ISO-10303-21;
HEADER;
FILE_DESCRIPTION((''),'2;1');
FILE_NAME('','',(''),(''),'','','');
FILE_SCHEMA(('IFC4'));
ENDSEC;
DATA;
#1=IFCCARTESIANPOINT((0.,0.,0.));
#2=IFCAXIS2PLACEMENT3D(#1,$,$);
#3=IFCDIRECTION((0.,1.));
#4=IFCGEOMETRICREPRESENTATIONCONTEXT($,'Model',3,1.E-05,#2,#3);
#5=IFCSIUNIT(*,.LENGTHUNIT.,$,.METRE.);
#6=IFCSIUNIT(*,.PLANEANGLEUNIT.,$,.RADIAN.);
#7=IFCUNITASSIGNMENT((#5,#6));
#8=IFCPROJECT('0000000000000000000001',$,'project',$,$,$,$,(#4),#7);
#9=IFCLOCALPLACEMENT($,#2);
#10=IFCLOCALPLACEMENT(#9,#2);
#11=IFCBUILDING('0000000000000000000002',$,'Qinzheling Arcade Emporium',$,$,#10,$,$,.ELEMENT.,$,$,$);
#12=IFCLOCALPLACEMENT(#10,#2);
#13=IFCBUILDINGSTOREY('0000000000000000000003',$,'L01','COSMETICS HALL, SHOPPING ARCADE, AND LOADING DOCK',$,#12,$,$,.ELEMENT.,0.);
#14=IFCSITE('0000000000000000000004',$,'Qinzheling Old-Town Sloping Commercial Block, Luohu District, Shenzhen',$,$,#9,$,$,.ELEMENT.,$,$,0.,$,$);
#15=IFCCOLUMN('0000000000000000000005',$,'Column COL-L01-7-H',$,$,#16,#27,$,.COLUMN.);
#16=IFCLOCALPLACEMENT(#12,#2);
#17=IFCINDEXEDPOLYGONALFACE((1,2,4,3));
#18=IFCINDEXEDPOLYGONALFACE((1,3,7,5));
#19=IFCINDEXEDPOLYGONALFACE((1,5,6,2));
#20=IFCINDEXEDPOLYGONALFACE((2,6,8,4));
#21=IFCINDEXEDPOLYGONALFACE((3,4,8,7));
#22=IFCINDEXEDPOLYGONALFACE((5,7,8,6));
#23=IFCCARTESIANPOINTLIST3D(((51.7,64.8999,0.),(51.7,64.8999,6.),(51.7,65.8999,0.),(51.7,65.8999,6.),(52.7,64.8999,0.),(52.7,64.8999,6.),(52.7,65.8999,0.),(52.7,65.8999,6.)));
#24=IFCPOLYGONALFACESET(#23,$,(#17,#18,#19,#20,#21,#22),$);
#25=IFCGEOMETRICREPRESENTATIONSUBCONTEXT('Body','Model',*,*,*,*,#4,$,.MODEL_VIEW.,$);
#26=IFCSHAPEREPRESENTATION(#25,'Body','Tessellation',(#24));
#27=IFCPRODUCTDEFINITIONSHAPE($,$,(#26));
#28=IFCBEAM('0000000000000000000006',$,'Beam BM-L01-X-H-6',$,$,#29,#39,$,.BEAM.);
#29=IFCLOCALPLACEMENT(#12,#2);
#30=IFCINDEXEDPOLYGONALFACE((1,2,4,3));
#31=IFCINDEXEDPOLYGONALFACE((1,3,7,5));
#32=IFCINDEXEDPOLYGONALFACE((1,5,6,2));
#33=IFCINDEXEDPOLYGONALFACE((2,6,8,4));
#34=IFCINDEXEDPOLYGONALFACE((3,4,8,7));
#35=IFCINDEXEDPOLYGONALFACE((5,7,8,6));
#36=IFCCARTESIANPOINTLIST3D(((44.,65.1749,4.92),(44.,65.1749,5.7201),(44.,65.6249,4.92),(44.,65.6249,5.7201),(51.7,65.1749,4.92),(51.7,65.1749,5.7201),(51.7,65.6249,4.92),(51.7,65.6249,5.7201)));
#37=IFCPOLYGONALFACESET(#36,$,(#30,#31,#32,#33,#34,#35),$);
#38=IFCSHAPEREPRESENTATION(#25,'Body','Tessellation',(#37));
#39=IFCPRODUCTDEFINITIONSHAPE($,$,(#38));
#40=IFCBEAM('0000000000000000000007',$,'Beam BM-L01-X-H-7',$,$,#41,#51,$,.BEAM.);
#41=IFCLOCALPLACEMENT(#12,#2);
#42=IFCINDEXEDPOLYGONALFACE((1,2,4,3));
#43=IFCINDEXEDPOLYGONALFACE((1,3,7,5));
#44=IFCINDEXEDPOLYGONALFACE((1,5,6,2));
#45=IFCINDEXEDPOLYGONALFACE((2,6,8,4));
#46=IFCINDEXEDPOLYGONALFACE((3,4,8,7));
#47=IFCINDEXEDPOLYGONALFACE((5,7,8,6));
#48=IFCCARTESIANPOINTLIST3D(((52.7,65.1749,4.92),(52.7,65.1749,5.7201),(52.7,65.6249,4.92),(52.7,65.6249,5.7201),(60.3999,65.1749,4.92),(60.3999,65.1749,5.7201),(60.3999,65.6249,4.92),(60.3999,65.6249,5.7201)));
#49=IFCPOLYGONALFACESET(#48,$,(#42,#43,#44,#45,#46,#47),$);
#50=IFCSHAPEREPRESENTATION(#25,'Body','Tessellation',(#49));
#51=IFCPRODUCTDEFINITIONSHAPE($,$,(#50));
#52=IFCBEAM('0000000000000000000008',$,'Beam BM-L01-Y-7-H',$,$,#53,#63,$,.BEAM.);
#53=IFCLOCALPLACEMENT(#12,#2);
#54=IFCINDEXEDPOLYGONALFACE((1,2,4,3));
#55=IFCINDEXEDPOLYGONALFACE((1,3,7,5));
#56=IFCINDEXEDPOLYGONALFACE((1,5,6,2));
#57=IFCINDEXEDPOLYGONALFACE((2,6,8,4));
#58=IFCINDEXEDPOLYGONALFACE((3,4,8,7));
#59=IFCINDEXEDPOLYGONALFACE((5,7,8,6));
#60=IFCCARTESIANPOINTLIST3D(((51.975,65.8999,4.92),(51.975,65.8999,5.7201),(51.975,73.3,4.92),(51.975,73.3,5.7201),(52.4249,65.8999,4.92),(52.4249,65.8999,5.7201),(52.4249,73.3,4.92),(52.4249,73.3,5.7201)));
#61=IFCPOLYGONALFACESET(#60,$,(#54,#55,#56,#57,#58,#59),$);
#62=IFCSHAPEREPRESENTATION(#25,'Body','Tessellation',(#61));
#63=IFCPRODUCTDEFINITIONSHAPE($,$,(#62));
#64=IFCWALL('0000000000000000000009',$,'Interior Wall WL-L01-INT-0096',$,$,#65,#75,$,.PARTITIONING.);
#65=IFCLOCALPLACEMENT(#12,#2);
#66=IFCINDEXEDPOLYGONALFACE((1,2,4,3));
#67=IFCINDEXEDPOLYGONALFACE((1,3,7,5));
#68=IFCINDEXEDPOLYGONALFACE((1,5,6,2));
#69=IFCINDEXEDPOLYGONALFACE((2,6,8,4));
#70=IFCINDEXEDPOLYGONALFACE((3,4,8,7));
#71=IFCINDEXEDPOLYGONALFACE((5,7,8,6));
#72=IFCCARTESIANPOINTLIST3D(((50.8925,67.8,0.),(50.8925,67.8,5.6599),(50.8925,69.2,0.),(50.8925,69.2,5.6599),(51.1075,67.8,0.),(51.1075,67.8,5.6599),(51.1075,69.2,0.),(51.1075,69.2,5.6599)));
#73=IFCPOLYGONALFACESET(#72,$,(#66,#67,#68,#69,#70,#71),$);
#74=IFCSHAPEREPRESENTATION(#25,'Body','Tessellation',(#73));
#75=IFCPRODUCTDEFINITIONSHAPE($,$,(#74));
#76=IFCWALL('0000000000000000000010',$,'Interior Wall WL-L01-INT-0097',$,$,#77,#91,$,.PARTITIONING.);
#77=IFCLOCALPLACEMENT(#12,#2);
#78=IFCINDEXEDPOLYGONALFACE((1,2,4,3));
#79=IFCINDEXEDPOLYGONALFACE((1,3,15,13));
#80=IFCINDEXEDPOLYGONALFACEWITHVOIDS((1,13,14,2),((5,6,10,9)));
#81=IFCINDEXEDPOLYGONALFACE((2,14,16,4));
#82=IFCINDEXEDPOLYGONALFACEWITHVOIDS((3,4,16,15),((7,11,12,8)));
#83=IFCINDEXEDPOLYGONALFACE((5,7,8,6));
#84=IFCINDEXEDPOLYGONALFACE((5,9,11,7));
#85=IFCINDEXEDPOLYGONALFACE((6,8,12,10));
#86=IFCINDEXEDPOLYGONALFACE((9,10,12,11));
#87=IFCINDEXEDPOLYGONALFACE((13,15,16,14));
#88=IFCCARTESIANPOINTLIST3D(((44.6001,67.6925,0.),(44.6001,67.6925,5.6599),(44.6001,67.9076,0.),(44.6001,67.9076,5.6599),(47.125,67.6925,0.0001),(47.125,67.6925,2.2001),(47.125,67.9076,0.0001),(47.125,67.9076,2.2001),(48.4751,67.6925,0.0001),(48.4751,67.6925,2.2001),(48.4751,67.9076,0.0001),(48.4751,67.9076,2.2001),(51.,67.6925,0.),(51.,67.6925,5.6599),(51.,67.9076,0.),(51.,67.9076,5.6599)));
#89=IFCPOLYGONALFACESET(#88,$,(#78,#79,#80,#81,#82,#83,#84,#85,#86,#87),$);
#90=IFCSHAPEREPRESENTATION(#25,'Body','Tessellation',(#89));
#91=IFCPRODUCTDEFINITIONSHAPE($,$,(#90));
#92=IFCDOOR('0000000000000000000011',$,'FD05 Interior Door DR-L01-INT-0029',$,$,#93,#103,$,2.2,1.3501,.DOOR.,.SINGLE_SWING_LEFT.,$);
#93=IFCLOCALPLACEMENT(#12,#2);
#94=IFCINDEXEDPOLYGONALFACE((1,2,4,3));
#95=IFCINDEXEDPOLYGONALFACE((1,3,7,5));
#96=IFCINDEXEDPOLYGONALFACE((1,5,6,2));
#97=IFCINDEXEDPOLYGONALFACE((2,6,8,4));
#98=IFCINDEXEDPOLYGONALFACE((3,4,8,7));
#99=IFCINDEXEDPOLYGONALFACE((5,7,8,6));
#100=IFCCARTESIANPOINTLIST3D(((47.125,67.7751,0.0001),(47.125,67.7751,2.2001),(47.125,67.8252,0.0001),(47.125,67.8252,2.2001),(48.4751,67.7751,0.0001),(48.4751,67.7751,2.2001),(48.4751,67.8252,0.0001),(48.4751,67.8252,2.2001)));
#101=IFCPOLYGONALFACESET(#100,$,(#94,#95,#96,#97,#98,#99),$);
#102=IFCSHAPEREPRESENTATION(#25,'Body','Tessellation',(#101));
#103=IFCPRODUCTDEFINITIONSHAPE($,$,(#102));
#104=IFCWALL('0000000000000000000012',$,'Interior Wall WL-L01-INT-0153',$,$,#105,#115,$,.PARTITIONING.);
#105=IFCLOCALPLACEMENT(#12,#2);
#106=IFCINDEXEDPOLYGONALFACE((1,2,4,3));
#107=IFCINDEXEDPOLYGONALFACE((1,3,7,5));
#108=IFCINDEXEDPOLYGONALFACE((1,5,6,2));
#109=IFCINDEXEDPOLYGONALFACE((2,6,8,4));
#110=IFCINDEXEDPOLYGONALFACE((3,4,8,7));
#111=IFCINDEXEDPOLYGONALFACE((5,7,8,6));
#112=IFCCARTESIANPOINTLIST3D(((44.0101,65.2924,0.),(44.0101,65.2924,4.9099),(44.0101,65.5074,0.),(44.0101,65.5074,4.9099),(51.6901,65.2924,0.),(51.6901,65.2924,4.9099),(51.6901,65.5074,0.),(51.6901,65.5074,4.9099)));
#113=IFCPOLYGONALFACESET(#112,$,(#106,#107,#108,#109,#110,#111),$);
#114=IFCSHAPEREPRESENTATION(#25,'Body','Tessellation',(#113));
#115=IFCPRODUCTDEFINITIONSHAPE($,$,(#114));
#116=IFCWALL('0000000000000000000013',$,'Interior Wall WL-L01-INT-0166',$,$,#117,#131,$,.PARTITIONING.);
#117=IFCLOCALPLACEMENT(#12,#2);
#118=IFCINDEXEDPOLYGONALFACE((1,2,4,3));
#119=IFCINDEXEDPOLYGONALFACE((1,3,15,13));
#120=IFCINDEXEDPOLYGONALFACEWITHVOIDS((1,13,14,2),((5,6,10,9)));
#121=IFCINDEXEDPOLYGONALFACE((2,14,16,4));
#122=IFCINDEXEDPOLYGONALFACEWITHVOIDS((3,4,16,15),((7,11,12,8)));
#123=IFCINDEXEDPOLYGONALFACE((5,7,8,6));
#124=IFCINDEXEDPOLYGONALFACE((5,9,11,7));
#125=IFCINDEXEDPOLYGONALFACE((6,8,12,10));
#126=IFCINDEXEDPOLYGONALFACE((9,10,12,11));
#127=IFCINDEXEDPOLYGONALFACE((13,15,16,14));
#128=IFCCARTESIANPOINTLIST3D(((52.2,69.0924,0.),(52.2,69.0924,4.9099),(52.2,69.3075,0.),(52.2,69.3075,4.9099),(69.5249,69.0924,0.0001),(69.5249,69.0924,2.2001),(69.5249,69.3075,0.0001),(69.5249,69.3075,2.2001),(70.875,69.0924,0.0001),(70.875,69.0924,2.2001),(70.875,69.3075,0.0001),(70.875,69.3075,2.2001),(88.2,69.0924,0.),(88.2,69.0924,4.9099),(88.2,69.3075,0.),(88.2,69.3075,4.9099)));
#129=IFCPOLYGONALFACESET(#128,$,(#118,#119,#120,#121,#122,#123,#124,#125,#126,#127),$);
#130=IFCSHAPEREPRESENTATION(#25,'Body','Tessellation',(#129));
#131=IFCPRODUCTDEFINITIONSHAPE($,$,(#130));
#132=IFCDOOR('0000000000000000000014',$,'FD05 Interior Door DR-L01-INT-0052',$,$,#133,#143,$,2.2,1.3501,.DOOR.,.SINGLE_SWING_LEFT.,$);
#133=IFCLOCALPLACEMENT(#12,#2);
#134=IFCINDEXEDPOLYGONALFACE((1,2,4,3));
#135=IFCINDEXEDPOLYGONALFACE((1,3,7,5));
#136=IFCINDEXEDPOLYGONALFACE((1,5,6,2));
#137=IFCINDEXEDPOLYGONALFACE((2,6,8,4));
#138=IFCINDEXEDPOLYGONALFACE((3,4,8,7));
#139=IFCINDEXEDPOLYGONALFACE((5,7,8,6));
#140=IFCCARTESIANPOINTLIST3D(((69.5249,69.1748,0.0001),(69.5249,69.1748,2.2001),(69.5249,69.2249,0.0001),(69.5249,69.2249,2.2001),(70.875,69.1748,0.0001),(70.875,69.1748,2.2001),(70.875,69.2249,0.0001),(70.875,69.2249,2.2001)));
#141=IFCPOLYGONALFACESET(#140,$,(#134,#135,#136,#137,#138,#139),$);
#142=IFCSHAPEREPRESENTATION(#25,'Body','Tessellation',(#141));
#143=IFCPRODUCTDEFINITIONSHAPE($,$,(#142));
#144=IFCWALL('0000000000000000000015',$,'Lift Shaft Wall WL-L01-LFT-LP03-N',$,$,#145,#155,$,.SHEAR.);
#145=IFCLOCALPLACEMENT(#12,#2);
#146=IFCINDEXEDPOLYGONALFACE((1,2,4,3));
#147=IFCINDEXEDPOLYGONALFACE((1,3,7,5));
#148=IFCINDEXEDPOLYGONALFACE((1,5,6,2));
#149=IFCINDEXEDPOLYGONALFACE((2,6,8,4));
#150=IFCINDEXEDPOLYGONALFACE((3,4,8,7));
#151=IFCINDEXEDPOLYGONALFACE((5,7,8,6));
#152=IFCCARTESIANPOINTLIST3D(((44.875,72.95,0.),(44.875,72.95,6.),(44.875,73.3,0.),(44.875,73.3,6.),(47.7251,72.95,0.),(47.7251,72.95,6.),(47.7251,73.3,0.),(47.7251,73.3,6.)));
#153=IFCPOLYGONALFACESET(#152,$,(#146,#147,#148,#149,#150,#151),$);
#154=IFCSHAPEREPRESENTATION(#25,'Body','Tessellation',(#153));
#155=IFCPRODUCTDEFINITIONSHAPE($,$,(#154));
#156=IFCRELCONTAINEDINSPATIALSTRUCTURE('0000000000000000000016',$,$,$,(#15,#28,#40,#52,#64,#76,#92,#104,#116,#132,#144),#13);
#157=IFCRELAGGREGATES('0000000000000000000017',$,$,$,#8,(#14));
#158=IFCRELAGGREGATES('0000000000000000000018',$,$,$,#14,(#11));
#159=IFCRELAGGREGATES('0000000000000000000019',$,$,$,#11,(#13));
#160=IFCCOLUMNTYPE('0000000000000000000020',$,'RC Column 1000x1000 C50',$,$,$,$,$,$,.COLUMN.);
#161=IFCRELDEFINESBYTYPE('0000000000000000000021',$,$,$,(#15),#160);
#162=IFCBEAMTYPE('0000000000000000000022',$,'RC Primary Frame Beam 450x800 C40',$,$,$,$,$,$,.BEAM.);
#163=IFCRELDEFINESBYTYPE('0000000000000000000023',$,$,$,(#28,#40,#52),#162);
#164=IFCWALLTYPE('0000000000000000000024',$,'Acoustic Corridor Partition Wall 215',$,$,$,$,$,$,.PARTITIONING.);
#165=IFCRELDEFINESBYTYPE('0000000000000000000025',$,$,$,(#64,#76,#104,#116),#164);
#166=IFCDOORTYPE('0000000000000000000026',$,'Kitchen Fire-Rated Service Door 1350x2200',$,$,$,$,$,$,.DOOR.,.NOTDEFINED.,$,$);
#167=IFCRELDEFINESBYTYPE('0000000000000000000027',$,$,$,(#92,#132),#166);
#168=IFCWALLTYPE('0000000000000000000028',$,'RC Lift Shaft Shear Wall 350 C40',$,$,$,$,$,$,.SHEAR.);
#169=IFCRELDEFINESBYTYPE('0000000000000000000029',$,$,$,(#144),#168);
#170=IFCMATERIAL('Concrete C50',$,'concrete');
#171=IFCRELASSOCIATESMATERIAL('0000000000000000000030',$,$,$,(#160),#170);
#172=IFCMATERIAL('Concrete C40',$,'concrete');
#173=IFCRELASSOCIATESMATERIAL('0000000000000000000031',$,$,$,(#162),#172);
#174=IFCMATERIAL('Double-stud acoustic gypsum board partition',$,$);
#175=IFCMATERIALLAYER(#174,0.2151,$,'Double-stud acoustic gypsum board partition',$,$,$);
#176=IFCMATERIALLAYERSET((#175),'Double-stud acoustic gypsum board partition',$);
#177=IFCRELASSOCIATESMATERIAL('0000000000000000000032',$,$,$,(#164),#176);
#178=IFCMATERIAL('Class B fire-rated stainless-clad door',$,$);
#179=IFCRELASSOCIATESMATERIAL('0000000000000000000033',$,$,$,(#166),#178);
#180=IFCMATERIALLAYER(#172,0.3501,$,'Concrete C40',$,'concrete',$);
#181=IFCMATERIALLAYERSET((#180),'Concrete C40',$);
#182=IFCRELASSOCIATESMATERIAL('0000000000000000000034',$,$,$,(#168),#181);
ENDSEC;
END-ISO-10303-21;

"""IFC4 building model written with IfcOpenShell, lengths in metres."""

from ifc_helpers import new_model, si_unit, direction, frame, frame_2d, origin, origin_2d, place, context, subcontext, project, spatial, rectangle, extrude, material, layer, layer_set, material_profile, profile_set, type_object, element, fill, save


model = new_model("IFC4")

# Units and contexts
model_context = context("Model", 3, precision=1e-05, world=origin(), true_north=direction((0.0, 1.0)))
body_context = subcontext(model_context, "Body", "Model", "MODEL_VIEW")
ifc_project = project(units=[si_unit("LENGTHUNIT", "METRE"), si_unit("PLANEANGLEUNIT", "RADIAN")], contexts=[model_context])

# Site, building, storey
site_placement = place(None, origin())
site = spatial("IfcSite", under=ifc_project, at=site_placement, Name="Qinzheling Old-Town Sloping Commercial Block, Luohu District, Shenzhen", CompositionType="ELEMENT", RefElevation=0.0)
building_placement = place(site_placement, origin())
building = spatial("IfcBuilding", under=site, at=building_placement, Name="Qinzheling Arcade Emporium", CompositionType="ELEMENT")
storey_placement = place(building_placement, origin())
storey = spatial("IfcBuildingStorey", under=building, at=storey_placement, Name="L01", Description="COSMETICS HALL, SHOPPING ARCADE, AND LOADING DOCK", CompositionType="ELEMENT", Elevation=0.0)

# Column
ifc_material_1 = material(Name="Concrete C50", Category="concrete")
ifc_material_profile_1 = material_profile(ifc_material_1, rectangle(XDim=1.0, YDim=1.0, at=origin_2d()), Name="RC 1000x1000", Category="concrete")
ifc_profile_set_1 = profile_set([ifc_material_profile_1], Name="Concrete C50")
column_type = type_object("IfcColumnType", Name="RC Column 1000x1000 C50", PredefinedType="COLUMN", material=ifc_profile_set_1)
column_placement = place(storey_placement, frame((52.2, 65.3999, 0.0), z_axis=(0.0, 0.0, 1.0), x_axis=(1.0, 0.0, 0.0)))
element("IfcColumn", 1, at=column_placement, inside=storey, type_object=column_type, Name="Column COL-L01-7-H", PredefinedType="COLUMN", context=body_context, shape_type="SweptSolid", body=[
    extrude(rectangle(XDim=1.0, YDim=1.0, at=origin_2d()), origin(), (0.0, 0.0, 1.0), 6.0),
])

# Beams
ifc_material_2 = material(Name="Concrete C40", Category="concrete")
ifc_material_profile_2 = material_profile(ifc_material_2, rectangle(XDim=0.45, YDim=0.8, at=origin_2d()), Name="RC 450x800", Category="concrete")
ifc_profile_set_2 = profile_set([ifc_material_profile_2], Name="Concrete C40")
beam_type = type_object("IfcBeamType", Name="RC Primary Frame Beam 450x800 C40", PredefinedType="BEAM", material=ifc_profile_set_2)
for number, where, z_axis, x_axis, name in (
    (2, (44.0, 65.3999, 5.3201), (1.0, 0.0, 0.0), (0.0, 1.0, 0.0), "Beam BM-L01-X-H-6"),
    (3, (52.7, 65.3999, 5.3201), (1.0, 0.0, 0.0), (0.0, 1.0, 0.0), "Beam BM-L01-X-H-7"),
):
    element("IfcBeam", number, at=place(storey_placement, frame(where, z_axis=z_axis, x_axis=x_axis)), inside=storey, type_object=beam_type, Name=name, PredefinedType="BEAM", context=body_context, shape_type="SweptSolid", body=[
        extrude(rectangle(XDim=0.45, YDim=0.8, at=origin_2d()), origin(), (0.0, 0.0, 1.0), 7.7),
    ])
beam_placement = place(storey_placement, frame((52.2, 65.8999, 5.3201), z_axis=(0.0, 1.0, 0.0), x_axis=(-1.0, 0.0, 0.0)))
element("IfcBeam", 4, at=beam_placement, inside=storey, type_object=beam_type, Name="Beam BM-L01-Y-7-H", PredefinedType="BEAM", context=body_context, shape_type="SweptSolid", body=[
    extrude(rectangle(XDim=0.45, YDim=0.8, at=origin_2d()), origin(), (0.0, 0.0, 1.0), 7.4001),
])

# Wall
ifc_material_3 = material(Name="Double-stud acoustic gypsum board partition")
ifc_layer_1 = layer(ifc_material_3, 0.2151, Name="Double-stud acoustic gypsum board partition")
ifc_layer_set_1 = layer_set([ifc_layer_1], Name="Double-stud acoustic gypsum board partition")
wall_type_1 = type_object("IfcWallType", Name="Acoustic Corridor Partition Wall 215", PredefinedType="PARTITIONING", material=ifc_layer_set_1)
wall_1_placement = place(storey_placement, frame((51.0, 69.2, 0.0), z_axis=(0.0, 0.0, 1.0), x_axis=(0.0, -1.0, 0.0)))
element("IfcWall", 5, at=wall_1_placement, inside=storey, type_object=wall_type_1, Name="Interior Wall WL-L01-INT-0096", PredefinedType="PARTITIONING", context=body_context, shape_type="SweptSolid", body=[
    extrude(rectangle(XDim=1.3999, YDim=0.2151, at=frame_2d((0.7, 0.0))), origin(), (0.0, 0.0, 1.0), 5.6599),
])

# Wall, opening, door
wall_2_placement = place(storey_placement, frame((51.0, 67.8, 0.0), z_axis=(0.0, 0.0, 1.0), x_axis=(-1.0, 0.0, 0.0)))
wall_2 = element("IfcWall", 6, at=wall_2_placement, inside=storey, type_object=wall_type_1, Name="Interior Wall WL-L01-INT-0097", PredefinedType="PARTITIONING", context=body_context, shape_type="SweptSolid", body=[
    extrude(rectangle(XDim=6.3999, YDim=0.2151, at=frame_2d((3.2, 0.0))), origin(), (0.0, 0.0, 1.0), 5.6599),
])
opening_1_placement = place(wall_2_placement, frame((2.5249, 0.0, 0.0)))
opening_1 = element("IfcOpeningElement", 7, at=opening_1_placement, cuts=wall_2, PredefinedType="OPENING", context=body_context, shape_type="SweptSolid", body=[
    extrude(rectangle(XDim=1.3501, YDim=2.2, at=frame_2d((0.675, 1.1001))), frame((0.0, 0.1177, 0.0), z_axis=(0.0, -1.0, 0.0), x_axis=(1.0, 0.0, 0.0)), (0.0, 0.0, 1.0), 0.2351),
])
ifc_material_4 = material(Name="Class B fire-rated stainless-clad door")
door_type_1 = type_object("IfcDoorType", Name="Kitchen Fire-Rated Service Door 1350x2200", OperationType="NOTDEFINED", PredefinedType="DOOR", material=ifc_material_4)
door_1_placement = place(opening_1_placement, origin())
door_1 = element("IfcDoor", 8, at=door_1_placement, inside=storey, type_object=door_type_1, Name="FD05 Interior Door DR-L01-INT-0029", OperationType="SINGLE_SWING_LEFT", OverallHeight=2.2, OverallWidth=1.3501, PredefinedType="DOOR", context=body_context, shape_type="SweptSolid", body=[
    extrude(rectangle(XDim=1.3501, YDim=2.2, at=frame_2d((0.675, 1.1001))), frame((0.0, 0.0249, 0.0), z_axis=(0.0, -1.0, 0.0), x_axis=(1.0, 0.0, 0.0)), (0.0, 0.0, 1.0), 0.05),
])
fill(opening_1, door_1)

# Wall
wall_3_placement = place(storey_placement, frame((51.6899, 65.3999, 0.0), z_axis=(0.0, 0.0, 1.0), x_axis=(-1.0, 0.0, 0.0)))
element("IfcWall", 9, at=wall_3_placement, inside=storey, type_object=wall_type_1, Name="Interior Wall WL-L01-INT-0153", PredefinedType="PARTITIONING", context=body_context, shape_type="SweptSolid", body=[
    extrude(rectangle(XDim=7.6799, YDim=0.2151, at=frame_2d((3.8398, 0.0))), origin(), (0.0, 0.0, 1.0), 4.9099),
])

# Wall, opening, door
wall_4_placement = place(storey_placement, frame((52.2, 69.2, 0.0), z_axis=(0.0, 0.0, 1.0), x_axis=(1.0, 0.0, 0.0)))
wall_4 = element("IfcWall", 10, at=wall_4_placement, inside=storey, type_object=wall_type_1, Name="Interior Wall WL-L01-INT-0166", PredefinedType="PARTITIONING", context=body_context, shape_type="SweptSolid", body=[
    extrude(rectangle(XDim=36.0, YDim=0.2151, at=frame_2d((18.0, 0.0))), origin(), (0.0, 0.0, 1.0), 4.9099),
])
opening_2_placement = place(wall_4_placement, frame((17.325, 0.0, 0.0)))
opening_2 = element("IfcOpeningElement", 11, at=opening_2_placement, cuts=wall_4, PredefinedType="OPENING", context=body_context, shape_type="SweptSolid", body=[
    extrude(rectangle(XDim=1.3501, YDim=2.2, at=frame_2d((0.675, 1.1001))), frame((0.0, 0.1177, 0.0), z_axis=(0.0, -1.0, 0.0), x_axis=(1.0, 0.0, 0.0)), (0.0, 0.0, 1.0), 0.2351),
])
door_2_placement = place(opening_2_placement, origin())
door_2 = element("IfcDoor", 12, at=door_2_placement, inside=storey, type_object=door_type_1, Name="FD05 Interior Door DR-L01-INT-0052", OperationType="SINGLE_SWING_LEFT", OverallHeight=2.2, OverallWidth=1.3501, PredefinedType="DOOR", context=body_context, shape_type="SweptSolid", body=[
    extrude(rectangle(XDim=1.3501, YDim=2.2, at=frame_2d((0.675, 1.1001))), frame((0.0, 0.0249, 0.0), z_axis=(0.0, -1.0, 0.0), x_axis=(1.0, 0.0, 0.0)), (0.0, 0.0, 1.0), 0.05),
])
fill(opening_2, door_2)

# Wall
ifc_layer_2 = layer(ifc_material_2, 0.3501, Name="Concrete C40", Category="concrete")
ifc_layer_set_2 = layer_set([ifc_layer_2], Name="Concrete C40")
wall_type_2 = type_object("IfcWallType", Name="RC Lift Shaft Shear Wall 350 C40", PredefinedType="SHEAR", material=ifc_layer_set_2)
wall_5_placement = place(storey_placement, frame((44.875, 73.125, 0.0), z_axis=(0.0, 0.0, 1.0), x_axis=(1.0, 0.0, 0.0)))
element("IfcWall", 13, at=wall_5_placement, inside=storey, type_object=wall_type_2, Name="Lift Shaft Wall WL-L01-LFT-LP03-N", PredefinedType="SHEAR", context=body_context, shape_type="SweptSolid", body=[
    extrude(rectangle(XDim=2.8501, YDim=0.3501, at=frame_2d((1.425, 0.0))), origin(), (0.0, 0.0, 1.0), 6.0),
])

save(model, "model.ifc")
